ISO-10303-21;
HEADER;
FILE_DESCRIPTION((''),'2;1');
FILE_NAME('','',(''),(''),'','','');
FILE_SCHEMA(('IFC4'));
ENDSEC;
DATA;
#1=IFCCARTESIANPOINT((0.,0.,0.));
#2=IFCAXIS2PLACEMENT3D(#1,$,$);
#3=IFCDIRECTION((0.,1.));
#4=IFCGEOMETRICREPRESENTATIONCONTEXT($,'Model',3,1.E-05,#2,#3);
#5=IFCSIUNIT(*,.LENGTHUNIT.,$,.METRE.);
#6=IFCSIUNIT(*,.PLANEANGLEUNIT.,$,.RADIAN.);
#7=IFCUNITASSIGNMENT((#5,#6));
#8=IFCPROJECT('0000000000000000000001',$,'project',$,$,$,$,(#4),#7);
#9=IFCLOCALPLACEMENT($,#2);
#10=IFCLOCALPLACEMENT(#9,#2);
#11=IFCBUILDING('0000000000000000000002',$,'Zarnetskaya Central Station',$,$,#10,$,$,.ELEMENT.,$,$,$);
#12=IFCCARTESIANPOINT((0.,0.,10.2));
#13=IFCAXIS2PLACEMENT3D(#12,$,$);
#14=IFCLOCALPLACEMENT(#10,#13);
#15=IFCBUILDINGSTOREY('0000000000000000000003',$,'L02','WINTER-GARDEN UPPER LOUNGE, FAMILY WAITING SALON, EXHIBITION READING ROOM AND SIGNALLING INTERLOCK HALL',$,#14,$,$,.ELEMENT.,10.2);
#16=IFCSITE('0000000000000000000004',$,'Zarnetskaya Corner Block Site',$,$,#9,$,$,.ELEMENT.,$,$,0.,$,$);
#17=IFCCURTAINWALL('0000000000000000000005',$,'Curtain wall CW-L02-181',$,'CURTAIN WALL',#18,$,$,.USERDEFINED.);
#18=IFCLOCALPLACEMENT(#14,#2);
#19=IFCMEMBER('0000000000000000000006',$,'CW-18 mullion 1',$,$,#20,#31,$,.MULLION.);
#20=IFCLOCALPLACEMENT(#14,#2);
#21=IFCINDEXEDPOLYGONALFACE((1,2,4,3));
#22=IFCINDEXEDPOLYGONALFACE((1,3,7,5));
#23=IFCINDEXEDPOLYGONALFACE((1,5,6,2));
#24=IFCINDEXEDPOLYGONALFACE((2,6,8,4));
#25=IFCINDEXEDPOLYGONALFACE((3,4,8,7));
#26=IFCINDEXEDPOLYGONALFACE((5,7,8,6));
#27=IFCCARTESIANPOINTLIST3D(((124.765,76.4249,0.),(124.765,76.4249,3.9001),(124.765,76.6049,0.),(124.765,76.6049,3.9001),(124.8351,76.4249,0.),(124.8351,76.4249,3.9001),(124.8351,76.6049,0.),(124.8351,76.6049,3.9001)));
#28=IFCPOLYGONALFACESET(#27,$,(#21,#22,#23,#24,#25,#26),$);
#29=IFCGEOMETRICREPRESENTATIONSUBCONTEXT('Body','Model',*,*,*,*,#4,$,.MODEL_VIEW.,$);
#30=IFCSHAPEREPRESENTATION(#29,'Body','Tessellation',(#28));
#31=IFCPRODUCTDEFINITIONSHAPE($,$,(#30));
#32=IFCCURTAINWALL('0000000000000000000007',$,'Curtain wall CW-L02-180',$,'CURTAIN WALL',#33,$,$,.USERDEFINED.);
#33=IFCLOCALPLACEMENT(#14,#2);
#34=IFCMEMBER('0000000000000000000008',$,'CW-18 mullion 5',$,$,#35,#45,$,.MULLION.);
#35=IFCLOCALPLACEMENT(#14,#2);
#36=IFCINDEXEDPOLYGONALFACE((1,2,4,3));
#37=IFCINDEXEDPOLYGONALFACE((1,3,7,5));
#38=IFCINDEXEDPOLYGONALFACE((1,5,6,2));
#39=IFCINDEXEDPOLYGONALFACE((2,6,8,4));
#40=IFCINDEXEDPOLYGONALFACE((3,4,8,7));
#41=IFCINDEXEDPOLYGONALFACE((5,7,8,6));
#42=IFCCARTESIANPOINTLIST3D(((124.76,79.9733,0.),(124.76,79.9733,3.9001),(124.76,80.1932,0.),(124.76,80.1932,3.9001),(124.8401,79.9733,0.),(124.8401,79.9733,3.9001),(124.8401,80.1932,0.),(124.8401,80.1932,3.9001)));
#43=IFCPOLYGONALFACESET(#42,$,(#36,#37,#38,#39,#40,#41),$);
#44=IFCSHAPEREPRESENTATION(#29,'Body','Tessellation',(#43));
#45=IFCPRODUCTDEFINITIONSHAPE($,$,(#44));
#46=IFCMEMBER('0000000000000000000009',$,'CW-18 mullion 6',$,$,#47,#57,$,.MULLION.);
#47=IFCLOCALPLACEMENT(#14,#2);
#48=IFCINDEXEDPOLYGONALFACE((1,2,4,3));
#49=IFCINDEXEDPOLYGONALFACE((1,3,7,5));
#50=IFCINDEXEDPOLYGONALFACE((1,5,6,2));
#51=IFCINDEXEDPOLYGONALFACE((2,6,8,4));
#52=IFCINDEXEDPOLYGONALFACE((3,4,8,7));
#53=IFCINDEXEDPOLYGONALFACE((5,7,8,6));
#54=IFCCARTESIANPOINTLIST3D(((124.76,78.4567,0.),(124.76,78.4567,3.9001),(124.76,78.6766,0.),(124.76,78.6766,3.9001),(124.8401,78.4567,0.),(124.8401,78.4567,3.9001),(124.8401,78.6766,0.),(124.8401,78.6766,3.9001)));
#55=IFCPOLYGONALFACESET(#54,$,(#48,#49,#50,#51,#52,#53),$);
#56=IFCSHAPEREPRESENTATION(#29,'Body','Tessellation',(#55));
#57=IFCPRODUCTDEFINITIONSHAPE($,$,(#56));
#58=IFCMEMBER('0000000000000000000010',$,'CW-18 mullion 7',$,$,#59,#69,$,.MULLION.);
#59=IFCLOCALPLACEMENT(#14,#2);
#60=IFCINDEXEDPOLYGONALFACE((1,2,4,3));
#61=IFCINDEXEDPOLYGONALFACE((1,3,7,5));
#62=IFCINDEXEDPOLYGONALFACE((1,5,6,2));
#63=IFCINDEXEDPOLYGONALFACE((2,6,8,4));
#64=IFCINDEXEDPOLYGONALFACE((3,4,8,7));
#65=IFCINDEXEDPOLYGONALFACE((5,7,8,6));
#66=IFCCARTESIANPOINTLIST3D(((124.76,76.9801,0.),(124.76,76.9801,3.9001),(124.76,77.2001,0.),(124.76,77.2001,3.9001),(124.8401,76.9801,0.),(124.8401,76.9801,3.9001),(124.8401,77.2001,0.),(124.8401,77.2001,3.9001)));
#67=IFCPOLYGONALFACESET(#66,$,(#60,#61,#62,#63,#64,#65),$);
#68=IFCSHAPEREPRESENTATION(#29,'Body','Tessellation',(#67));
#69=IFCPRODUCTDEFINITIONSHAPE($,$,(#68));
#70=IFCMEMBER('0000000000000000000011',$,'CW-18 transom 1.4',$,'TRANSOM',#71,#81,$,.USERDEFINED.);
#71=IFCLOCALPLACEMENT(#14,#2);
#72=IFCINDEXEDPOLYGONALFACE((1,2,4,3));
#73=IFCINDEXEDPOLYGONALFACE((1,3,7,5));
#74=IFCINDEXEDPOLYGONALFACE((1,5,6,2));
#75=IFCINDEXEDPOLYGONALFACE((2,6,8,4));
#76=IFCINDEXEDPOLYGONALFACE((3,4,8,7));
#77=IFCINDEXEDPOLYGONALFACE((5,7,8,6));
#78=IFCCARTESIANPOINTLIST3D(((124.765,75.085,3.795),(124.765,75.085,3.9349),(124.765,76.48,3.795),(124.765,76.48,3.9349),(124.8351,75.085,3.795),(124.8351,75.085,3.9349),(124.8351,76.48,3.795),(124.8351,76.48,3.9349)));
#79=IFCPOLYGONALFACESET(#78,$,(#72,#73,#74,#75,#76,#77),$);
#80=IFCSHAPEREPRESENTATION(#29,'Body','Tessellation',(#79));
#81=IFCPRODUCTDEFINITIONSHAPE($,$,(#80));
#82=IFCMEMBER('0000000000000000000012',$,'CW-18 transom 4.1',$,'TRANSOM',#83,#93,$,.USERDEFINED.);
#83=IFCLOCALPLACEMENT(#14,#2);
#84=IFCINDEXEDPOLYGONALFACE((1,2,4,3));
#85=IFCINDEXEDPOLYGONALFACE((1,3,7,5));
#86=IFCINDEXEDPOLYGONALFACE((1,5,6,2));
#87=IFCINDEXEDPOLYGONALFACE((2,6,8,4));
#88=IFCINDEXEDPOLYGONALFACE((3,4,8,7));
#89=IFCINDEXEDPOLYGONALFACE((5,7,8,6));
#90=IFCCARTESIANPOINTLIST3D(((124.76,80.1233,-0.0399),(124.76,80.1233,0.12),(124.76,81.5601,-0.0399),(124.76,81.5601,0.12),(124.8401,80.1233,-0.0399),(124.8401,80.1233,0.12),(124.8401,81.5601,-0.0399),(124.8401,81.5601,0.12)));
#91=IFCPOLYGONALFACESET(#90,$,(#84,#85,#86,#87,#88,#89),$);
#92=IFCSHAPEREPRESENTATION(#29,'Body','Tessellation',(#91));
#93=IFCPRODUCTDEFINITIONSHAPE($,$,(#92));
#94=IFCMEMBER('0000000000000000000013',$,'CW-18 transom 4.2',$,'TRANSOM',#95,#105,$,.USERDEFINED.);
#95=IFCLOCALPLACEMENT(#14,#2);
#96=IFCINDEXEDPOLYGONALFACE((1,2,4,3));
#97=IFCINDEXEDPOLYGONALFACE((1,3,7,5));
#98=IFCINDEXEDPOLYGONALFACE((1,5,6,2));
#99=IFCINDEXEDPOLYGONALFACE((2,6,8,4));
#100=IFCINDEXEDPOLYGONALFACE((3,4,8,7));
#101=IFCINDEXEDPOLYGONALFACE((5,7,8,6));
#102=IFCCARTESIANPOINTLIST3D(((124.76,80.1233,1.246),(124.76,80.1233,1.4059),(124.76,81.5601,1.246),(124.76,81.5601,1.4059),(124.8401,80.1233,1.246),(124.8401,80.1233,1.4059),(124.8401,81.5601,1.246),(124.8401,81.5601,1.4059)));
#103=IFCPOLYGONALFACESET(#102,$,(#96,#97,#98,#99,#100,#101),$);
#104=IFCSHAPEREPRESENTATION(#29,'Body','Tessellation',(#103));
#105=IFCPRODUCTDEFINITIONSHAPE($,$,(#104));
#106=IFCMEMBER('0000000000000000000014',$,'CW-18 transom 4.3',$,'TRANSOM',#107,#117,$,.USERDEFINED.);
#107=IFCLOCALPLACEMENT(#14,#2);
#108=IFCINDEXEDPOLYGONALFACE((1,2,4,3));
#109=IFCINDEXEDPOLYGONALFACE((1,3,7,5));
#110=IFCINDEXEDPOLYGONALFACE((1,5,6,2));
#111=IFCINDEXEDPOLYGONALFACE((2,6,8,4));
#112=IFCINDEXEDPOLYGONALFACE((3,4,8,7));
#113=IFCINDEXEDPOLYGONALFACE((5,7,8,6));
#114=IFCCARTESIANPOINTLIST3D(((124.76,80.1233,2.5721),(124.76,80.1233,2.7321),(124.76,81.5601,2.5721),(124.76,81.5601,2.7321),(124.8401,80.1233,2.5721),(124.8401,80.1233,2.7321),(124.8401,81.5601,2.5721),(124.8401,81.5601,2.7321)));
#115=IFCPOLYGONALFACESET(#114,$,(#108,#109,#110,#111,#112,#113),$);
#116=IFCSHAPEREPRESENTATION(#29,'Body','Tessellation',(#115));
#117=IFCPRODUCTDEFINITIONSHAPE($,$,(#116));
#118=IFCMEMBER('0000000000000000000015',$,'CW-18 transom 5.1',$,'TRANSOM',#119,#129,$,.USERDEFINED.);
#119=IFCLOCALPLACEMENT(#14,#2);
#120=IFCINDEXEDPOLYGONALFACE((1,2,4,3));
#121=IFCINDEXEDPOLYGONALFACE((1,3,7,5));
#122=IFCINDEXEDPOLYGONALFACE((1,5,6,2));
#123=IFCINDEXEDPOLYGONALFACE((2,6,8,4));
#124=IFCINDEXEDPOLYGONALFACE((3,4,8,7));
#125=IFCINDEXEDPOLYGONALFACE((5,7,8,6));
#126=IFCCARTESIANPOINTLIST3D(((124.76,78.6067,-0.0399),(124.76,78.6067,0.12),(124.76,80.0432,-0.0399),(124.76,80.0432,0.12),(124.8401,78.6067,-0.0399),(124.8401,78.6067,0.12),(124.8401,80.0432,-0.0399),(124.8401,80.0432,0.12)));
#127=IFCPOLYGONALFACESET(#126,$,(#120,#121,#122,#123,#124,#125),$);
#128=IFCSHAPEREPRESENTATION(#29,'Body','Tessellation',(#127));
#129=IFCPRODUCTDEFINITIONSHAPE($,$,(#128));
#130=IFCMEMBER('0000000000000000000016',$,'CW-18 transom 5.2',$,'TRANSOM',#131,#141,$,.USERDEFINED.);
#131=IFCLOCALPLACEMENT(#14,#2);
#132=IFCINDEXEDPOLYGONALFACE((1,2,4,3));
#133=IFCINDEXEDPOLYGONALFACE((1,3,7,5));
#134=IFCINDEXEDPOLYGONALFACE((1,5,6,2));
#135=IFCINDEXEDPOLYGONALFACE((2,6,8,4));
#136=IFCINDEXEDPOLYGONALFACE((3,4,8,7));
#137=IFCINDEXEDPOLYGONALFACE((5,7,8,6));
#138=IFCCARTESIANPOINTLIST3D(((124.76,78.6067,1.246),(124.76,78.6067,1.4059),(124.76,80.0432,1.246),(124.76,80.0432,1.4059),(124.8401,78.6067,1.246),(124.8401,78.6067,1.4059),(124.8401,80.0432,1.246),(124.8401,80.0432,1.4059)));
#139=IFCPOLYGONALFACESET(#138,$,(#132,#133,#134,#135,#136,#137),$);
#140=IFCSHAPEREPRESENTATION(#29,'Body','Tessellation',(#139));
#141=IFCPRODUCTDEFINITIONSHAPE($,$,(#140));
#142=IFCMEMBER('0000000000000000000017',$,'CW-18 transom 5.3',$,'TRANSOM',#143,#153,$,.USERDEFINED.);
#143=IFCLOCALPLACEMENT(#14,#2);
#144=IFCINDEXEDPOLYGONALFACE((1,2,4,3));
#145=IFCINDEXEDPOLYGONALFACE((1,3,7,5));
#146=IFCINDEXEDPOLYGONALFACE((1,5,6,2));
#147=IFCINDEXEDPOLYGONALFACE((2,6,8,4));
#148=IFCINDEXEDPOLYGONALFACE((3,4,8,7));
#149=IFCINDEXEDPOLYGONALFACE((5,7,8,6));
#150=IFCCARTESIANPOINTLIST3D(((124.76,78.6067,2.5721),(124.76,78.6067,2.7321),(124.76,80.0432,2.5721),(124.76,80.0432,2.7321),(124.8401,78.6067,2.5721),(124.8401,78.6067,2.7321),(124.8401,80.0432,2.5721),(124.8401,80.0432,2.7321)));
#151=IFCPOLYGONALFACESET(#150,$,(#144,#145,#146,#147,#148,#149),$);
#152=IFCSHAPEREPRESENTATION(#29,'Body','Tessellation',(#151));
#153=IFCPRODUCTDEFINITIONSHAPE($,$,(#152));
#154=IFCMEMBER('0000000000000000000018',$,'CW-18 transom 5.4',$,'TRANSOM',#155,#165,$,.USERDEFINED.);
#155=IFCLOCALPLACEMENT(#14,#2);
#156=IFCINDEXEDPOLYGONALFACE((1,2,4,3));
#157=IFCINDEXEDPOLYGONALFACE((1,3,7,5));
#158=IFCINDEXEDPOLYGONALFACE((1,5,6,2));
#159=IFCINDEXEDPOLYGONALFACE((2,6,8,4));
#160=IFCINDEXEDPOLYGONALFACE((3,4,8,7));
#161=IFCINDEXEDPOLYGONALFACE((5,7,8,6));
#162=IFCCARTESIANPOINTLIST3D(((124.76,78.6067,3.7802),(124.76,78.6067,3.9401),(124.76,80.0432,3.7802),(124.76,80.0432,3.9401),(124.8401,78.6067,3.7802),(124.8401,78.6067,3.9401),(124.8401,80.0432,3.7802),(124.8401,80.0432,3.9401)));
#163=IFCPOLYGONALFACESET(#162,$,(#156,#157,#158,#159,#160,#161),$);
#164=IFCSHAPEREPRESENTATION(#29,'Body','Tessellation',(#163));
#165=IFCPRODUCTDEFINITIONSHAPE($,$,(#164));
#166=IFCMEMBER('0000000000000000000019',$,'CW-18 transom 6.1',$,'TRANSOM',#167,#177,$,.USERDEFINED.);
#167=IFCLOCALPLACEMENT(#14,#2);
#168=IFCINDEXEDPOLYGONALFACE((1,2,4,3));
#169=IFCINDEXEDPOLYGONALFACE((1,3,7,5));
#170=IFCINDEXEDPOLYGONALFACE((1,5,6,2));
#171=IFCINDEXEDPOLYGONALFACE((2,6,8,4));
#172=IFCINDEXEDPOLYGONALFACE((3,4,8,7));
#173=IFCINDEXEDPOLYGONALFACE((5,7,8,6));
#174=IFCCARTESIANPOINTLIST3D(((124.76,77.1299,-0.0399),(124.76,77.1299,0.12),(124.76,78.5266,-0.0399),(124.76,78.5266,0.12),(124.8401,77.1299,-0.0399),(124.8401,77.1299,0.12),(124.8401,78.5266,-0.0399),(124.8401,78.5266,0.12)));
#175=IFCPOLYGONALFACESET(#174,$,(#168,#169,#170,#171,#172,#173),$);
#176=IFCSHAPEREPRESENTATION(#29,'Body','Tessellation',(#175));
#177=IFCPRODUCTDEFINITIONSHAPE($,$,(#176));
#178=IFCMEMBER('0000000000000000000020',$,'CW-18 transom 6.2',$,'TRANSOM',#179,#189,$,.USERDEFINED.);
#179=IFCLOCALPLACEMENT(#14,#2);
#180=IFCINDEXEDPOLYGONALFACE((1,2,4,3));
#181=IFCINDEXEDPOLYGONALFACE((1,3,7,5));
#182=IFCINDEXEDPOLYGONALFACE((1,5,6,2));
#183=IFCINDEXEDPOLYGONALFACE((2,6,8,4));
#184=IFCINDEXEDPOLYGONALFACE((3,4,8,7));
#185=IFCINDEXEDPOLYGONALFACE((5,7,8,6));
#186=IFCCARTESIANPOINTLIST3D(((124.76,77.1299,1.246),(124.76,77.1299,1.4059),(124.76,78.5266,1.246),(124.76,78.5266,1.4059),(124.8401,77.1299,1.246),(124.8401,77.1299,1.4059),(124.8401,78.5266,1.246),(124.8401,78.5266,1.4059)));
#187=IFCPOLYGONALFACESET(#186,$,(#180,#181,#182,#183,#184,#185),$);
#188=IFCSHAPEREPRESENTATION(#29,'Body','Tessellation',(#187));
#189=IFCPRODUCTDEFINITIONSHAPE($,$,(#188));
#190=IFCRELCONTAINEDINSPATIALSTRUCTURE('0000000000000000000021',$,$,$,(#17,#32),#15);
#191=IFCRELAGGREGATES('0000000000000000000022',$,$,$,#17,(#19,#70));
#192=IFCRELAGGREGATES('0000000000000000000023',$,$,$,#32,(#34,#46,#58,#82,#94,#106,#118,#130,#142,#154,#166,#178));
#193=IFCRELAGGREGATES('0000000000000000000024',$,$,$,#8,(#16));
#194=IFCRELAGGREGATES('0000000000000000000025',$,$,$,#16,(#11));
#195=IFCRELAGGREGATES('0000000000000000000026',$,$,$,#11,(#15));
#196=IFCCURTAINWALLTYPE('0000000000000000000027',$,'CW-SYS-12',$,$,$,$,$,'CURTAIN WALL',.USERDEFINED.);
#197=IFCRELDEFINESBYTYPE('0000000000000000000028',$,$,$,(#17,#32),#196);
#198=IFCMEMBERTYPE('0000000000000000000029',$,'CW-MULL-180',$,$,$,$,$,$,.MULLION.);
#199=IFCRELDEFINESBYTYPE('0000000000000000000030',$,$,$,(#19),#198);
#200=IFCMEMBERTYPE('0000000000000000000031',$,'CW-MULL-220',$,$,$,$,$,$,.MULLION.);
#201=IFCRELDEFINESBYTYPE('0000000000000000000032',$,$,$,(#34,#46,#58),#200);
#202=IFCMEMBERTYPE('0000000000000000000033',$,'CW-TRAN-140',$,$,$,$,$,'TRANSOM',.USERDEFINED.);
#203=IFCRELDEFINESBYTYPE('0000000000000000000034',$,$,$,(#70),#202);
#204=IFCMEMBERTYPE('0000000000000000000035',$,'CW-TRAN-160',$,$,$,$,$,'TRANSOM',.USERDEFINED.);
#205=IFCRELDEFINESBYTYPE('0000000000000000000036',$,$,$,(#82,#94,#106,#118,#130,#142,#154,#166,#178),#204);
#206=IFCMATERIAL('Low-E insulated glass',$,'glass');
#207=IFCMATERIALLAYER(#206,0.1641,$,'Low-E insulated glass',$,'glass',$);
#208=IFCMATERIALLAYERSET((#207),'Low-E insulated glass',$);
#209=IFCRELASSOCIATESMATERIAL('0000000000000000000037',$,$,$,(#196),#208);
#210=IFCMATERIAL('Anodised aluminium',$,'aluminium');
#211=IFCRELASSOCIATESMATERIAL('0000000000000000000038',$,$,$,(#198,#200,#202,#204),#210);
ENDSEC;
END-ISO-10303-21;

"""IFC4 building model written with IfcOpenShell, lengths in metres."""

from ifc_helpers import new_model, si_unit, direction, frame, origin, origin_2d, place, context, subcontext, project, spatial, rectangle, extrude, material, layer, layer_set, material_profile, profile_set, type_object, element, aggregate, save


model = new_model("IFC4")

# Units and contexts
model_context = context("Model", 3, precision=1e-05, world=origin(), true_north=direction((0.0, 1.0)))
body_context = subcontext(model_context, "Body", "Model", "MODEL_VIEW")
ifc_project = project(units=[si_unit("LENGTHUNIT", "METRE"), si_unit("PLANEANGLEUNIT", "RADIAN")], contexts=[model_context])

# Site, building, storey
site_placement = place(None, origin())
site = spatial("IfcSite", under=ifc_project, at=site_placement, Name="Zarnetskaya Corner Block Site", CompositionType="ELEMENT", RefElevation=0.0)
building_placement = place(site_placement, origin())
building = spatial("IfcBuilding", under=site, at=building_placement, Name="Zarnetskaya Central Station", CompositionType="ELEMENT")
storey_placement = place(building_placement, frame((0.0, 0.0, 10.2)))
storey = spatial("IfcBuildingStorey", under=building, at=storey_placement, Name="L02", Description="WINTER-GARDEN UPPER LOUNGE, FAMILY WAITING SALON, EXHIBITION READING ROOM AND SIGNALLING INTERLOCK HALL", CompositionType="ELEMENT", Elevation=10.2)

# Curtain wall, member
ifc_material_1 = material(Name="Low-E insulated glass", Category="glass")
ifc_layer_1 = layer(ifc_material_1, 0.1641, Name="Low-E insulated glass", Category="glass")
ifc_layer_set_1 = layer_set([ifc_layer_1], Name="Low-E insulated glass")
curtain_wall_type = type_object("IfcCurtainWallType", Name="CW-SYS-12", ElementType="CURTAIN WALL", PredefinedType="USERDEFINED", material=ifc_layer_set_1)
curtain_wall_1_placement = place(storey_placement, origin())
curtain_wall_1 = element("IfcCurtainWall", 1, at=curtain_wall_1_placement, inside=storey, type_object=curtain_wall_type, Name="Curtain wall CW-L02-181", ObjectType="CURTAIN WALL", PredefinedType="USERDEFINED")
ifc_material_2 = material(Name="Anodised aluminium", Category="aluminium")
ifc_material_profile_1 = material_profile(ifc_material_2, rectangle(XDim=0.0701, YDim=0.1799, at=origin_2d()), Name="ALU MULL 70x180")
ifc_profile_set_1 = profile_set([ifc_material_profile_1], Name="Anodised aluminium")
member_type_1 = type_object("IfcMemberType", Name="CW-MULL-180", PredefinedType="MULLION", material=ifc_profile_set_1)
member_1_placement = place(storey_placement, frame((124.8, 76.5149, 0.0), z_axis=(0.0, 0.0, 1.0), x_axis=(1.0, 0.0, 0.0)))
member_1 = element("IfcMember", 2, at=member_1_placement, type_object=member_type_1, Name="CW-18 mullion 1", PredefinedType="MULLION", context=body_context, shape_type="SweptSolid", body=[
    extrude(rectangle(XDim=0.0701, YDim=0.1799, at=origin_2d()), origin(), (0.0, 0.0, 1.0), 3.9001),
])

# Curtain wall, members
curtain_wall_2_placement = place(storey_placement, origin())
curtain_wall_2 = element("IfcCurtainWall", 3, at=curtain_wall_2_placement, inside=storey, type_object=curtain_wall_type, Name="Curtain wall CW-L02-180", ObjectType="CURTAIN WALL", PredefinedType="USERDEFINED")
ifc_material_profile_2 = material_profile(ifc_material_2, rectangle(XDim=0.0801, YDim=0.22, at=origin_2d()), Name="ALU MULL 80x220")
ifc_profile_set_2 = profile_set([ifc_material_profile_2], Name="Anodised aluminium")
member_type_2 = type_object("IfcMemberType", Name="CW-MULL-220", PredefinedType="MULLION", material=ifc_profile_set_2)
member_2_placement = place(storey_placement, frame((124.8, 80.0833, 0.0), z_axis=(0.0, 0.0, 1.0), x_axis=(1.0, 0.0, 0.0)))
member_2 = element("IfcMember", 4, at=member_2_placement, type_object=member_type_2, Name="CW-18 mullion 5", PredefinedType="MULLION", context=body_context, shape_type="SweptSolid", body=[
    extrude(rectangle(XDim=0.0801, YDim=0.22, at=origin_2d()), origin(), (0.0, 0.0, 1.0), 3.9001),
])
member_3_placement = place(storey_placement, frame((124.8, 78.5667, 0.0), z_axis=(0.0, 0.0, 1.0), x_axis=(1.0, 0.0, 0.0)))
member_3 = element("IfcMember", 5, at=member_3_placement, type_object=member_type_2, Name="CW-18 mullion 6", PredefinedType="MULLION", context=body_context, shape_type="SweptSolid", body=[
    extrude(rectangle(XDim=0.0801, YDim=0.22, at=origin_2d()), origin(), (0.0, 0.0, 1.0), 3.9001),
])
member_4_placement = place(storey_placement, frame((124.8, 77.0901, 0.0), z_axis=(0.0, 0.0, 1.0), x_axis=(1.0, 0.0, 0.0)))
member_4 = element("IfcMember", 6, at=member_4_placement, type_object=member_type_2, Name="CW-18 mullion 7", PredefinedType="MULLION", context=body_context, shape_type="SweptSolid", body=[
    extrude(rectangle(XDim=0.0801, YDim=0.22, at=origin_2d()), origin(), (0.0, 0.0, 1.0), 3.9001),
])

# Members
ifc_material_profile_3 = material_profile(ifc_material_2, rectangle(XDim=0.0701, YDim=0.1399, at=origin_2d()), Name="ALU TRAN 70x140")
ifc_profile_set_3 = profile_set([ifc_material_profile_3], Name="Anodised aluminium")
member_type_3 = type_object("IfcMemberType", Name="CW-TRAN-140", ElementType="TRANSOM", PredefinedType="USERDEFINED", material=ifc_profile_set_3)
member_5_placement = place(storey_placement, frame((124.8, 76.48, 3.865), z_axis=(0.0, -1.0, 0.0), x_axis=(1.0, 0.0, 0.0)))
member_5 = element("IfcMember", 7, at=member_5_placement, type_object=member_type_3, Name="CW-18 transom 1.4", ObjectType="TRANSOM", PredefinedType="USERDEFINED", context=body_context, shape_type="SweptSolid", body=[
    extrude(rectangle(XDim=0.0701, YDim=0.1399, at=origin_2d()), origin(), (0.0, 0.0, 1.0), 1.395),
])
aggregate(curtain_wall_1, [member_1, member_5])
ifc_material_profile_4 = material_profile(ifc_material_2, rectangle(XDim=0.0801, YDim=0.1599, at=origin_2d()), Name="ALU TRAN 80x160")
ifc_profile_set_4 = profile_set([ifc_material_profile_4], Name="Anodised aluminium")
member_type_4 = type_object("IfcMemberType", Name="CW-TRAN-160", ElementType="TRANSOM", PredefinedType="USERDEFINED", material=ifc_profile_set_4)
member_6_placement = place(storey_placement, frame((124.8, 81.5601, 0.04), z_axis=(0.0, -1.0, 0.0), x_axis=(1.0, 0.0, 0.0)))
member_6 = element("IfcMember", 8, at=member_6_placement, type_object=member_type_4, Name="CW-18 transom 4.1", ObjectType="TRANSOM", PredefinedType="USERDEFINED", context=body_context, shape_type="SweptSolid", body=[
    extrude(rectangle(XDim=0.0801, YDim=0.1599, at=origin_2d()), origin(), (0.0, 0.0, 1.0), 1.4368),
])
member_7_placement = place(storey_placement, frame((124.8, 81.5601, 1.3259), z_axis=(0.0, -1.0, 0.0), x_axis=(1.0, 0.0, 0.0)))
member_7 = element("IfcMember", 9, at=member_7_placement, type_object=member_type_4, Name="CW-18 transom 4.2", ObjectType="TRANSOM", PredefinedType="USERDEFINED", context=body_context, shape_type="SweptSolid", body=[
    extrude(rectangle(XDim=0.0801, YDim=0.1599, at=origin_2d()), origin(), (0.0, 0.0, 1.0), 1.4368),
])
member_8_placement = place(storey_placement, frame((124.8, 81.5601, 2.6521), z_axis=(0.0, -1.0, 0.0), x_axis=(1.0, 0.0, 0.0)))
member_8 = element("IfcMember", 10, at=member_8_placement, type_object=member_type_4, Name="CW-18 transom 4.3", ObjectType="TRANSOM", PredefinedType="USERDEFINED", context=body_context, shape_type="SweptSolid", body=[
    extrude(rectangle(XDim=0.0801, YDim=0.1599, at=origin_2d()), origin(), (0.0, 0.0, 1.0), 1.4368),
])
member_9_placement = place(storey_placement, frame((124.8, 80.0432, 0.04), z_axis=(0.0, -1.0, 0.0), x_axis=(1.0, 0.0, 0.0)))
member_9 = element("IfcMember", 11, at=member_9_placement, type_object=member_type_4, Name="CW-18 transom 5.1", ObjectType="TRANSOM", PredefinedType="USERDEFINED", context=body_context, shape_type="SweptSolid", body=[
    extrude(rectangle(XDim=0.0801, YDim=0.1599, at=origin_2d()), origin(), (0.0, 0.0, 1.0), 1.4365),
])
member_10_placement = place(storey_placement, frame((124.8, 80.0432, 1.3259), z_axis=(0.0, -1.0, 0.0), x_axis=(1.0, 0.0, 0.0)))
member_10 = element("IfcMember", 12, at=member_10_placement, type_object=member_type_4, Name="CW-18 transom 5.2", ObjectType="TRANSOM", PredefinedType="USERDEFINED", context=body_context, shape_type="SweptSolid", body=[
    extrude(rectangle(XDim=0.0801, YDim=0.1599, at=origin_2d()), origin(), (0.0, 0.0, 1.0), 1.4365),
])
member_11_placement = place(storey_placement, frame((124.8, 80.0432, 2.6521), z_axis=(0.0, -1.0, 0.0), x_axis=(1.0, 0.0, 0.0)))
member_11 = element("IfcMember", 13, at=member_11_placement, type_object=member_type_4, Name="CW-18 transom 5.3", ObjectType="TRANSOM", PredefinedType="USERDEFINED", context=body_context, shape_type="SweptSolid", body=[
    extrude(rectangle(XDim=0.0801, YDim=0.1599, at=origin_2d()), origin(), (0.0, 0.0, 1.0), 1.4365),
])
member_12_placement = place(storey_placement, frame((124.8, 80.0432, 3.8601), z_axis=(0.0, -1.0, 0.0), x_axis=(1.0, 0.0, 0.0)))
member_12 = element("IfcMember", 14, at=member_12_placement, type_object=member_type_4, Name="CW-18 transom 5.4", ObjectType="TRANSOM", PredefinedType="USERDEFINED", context=body_context, shape_type="SweptSolid", body=[
    extrude(rectangle(XDim=0.0801, YDim=0.1599, at=origin_2d()), origin(), (0.0, 0.0, 1.0), 1.4365),
])
member_13_placement = place(storey_placement, frame((124.8, 78.5266, 0.04), z_axis=(0.0, -1.0, 0.0), x_axis=(1.0, 0.0, 0.0)))
member_13 = element("IfcMember", 15, at=member_13_placement, type_object=member_type_4, Name="CW-18 transom 6.1", ObjectType="TRANSOM", PredefinedType="USERDEFINED", context=body_context, shape_type="SweptSolid", body=[
    extrude(rectangle(XDim=0.0801, YDim=0.1599, at=origin_2d()), origin(), (0.0, 0.0, 1.0), 1.3967),
])
member_14_placement = place(storey_placement, frame((124.8, 78.5266, 1.3259), z_axis=(0.0, -1.0, 0.0), x_axis=(1.0, 0.0, 0.0)))
member_14 = element("IfcMember", 16, at=member_14_placement, type_object=member_type_4, Name="CW-18 transom 6.2", ObjectType="TRANSOM", PredefinedType="USERDEFINED", context=body_context, shape_type="SweptSolid", body=[
    extrude(rectangle(XDim=0.0801, YDim=0.1599, at=origin_2d()), origin(), (0.0, 0.0, 1.0), 1.3967),
])

aggregate(curtain_wall_2, [member_2, member_3, member_4, member_6, member_7, member_8, member_9, member_10, member_11, member_12, member_13, member_14])

save(model, "model.ifc")
